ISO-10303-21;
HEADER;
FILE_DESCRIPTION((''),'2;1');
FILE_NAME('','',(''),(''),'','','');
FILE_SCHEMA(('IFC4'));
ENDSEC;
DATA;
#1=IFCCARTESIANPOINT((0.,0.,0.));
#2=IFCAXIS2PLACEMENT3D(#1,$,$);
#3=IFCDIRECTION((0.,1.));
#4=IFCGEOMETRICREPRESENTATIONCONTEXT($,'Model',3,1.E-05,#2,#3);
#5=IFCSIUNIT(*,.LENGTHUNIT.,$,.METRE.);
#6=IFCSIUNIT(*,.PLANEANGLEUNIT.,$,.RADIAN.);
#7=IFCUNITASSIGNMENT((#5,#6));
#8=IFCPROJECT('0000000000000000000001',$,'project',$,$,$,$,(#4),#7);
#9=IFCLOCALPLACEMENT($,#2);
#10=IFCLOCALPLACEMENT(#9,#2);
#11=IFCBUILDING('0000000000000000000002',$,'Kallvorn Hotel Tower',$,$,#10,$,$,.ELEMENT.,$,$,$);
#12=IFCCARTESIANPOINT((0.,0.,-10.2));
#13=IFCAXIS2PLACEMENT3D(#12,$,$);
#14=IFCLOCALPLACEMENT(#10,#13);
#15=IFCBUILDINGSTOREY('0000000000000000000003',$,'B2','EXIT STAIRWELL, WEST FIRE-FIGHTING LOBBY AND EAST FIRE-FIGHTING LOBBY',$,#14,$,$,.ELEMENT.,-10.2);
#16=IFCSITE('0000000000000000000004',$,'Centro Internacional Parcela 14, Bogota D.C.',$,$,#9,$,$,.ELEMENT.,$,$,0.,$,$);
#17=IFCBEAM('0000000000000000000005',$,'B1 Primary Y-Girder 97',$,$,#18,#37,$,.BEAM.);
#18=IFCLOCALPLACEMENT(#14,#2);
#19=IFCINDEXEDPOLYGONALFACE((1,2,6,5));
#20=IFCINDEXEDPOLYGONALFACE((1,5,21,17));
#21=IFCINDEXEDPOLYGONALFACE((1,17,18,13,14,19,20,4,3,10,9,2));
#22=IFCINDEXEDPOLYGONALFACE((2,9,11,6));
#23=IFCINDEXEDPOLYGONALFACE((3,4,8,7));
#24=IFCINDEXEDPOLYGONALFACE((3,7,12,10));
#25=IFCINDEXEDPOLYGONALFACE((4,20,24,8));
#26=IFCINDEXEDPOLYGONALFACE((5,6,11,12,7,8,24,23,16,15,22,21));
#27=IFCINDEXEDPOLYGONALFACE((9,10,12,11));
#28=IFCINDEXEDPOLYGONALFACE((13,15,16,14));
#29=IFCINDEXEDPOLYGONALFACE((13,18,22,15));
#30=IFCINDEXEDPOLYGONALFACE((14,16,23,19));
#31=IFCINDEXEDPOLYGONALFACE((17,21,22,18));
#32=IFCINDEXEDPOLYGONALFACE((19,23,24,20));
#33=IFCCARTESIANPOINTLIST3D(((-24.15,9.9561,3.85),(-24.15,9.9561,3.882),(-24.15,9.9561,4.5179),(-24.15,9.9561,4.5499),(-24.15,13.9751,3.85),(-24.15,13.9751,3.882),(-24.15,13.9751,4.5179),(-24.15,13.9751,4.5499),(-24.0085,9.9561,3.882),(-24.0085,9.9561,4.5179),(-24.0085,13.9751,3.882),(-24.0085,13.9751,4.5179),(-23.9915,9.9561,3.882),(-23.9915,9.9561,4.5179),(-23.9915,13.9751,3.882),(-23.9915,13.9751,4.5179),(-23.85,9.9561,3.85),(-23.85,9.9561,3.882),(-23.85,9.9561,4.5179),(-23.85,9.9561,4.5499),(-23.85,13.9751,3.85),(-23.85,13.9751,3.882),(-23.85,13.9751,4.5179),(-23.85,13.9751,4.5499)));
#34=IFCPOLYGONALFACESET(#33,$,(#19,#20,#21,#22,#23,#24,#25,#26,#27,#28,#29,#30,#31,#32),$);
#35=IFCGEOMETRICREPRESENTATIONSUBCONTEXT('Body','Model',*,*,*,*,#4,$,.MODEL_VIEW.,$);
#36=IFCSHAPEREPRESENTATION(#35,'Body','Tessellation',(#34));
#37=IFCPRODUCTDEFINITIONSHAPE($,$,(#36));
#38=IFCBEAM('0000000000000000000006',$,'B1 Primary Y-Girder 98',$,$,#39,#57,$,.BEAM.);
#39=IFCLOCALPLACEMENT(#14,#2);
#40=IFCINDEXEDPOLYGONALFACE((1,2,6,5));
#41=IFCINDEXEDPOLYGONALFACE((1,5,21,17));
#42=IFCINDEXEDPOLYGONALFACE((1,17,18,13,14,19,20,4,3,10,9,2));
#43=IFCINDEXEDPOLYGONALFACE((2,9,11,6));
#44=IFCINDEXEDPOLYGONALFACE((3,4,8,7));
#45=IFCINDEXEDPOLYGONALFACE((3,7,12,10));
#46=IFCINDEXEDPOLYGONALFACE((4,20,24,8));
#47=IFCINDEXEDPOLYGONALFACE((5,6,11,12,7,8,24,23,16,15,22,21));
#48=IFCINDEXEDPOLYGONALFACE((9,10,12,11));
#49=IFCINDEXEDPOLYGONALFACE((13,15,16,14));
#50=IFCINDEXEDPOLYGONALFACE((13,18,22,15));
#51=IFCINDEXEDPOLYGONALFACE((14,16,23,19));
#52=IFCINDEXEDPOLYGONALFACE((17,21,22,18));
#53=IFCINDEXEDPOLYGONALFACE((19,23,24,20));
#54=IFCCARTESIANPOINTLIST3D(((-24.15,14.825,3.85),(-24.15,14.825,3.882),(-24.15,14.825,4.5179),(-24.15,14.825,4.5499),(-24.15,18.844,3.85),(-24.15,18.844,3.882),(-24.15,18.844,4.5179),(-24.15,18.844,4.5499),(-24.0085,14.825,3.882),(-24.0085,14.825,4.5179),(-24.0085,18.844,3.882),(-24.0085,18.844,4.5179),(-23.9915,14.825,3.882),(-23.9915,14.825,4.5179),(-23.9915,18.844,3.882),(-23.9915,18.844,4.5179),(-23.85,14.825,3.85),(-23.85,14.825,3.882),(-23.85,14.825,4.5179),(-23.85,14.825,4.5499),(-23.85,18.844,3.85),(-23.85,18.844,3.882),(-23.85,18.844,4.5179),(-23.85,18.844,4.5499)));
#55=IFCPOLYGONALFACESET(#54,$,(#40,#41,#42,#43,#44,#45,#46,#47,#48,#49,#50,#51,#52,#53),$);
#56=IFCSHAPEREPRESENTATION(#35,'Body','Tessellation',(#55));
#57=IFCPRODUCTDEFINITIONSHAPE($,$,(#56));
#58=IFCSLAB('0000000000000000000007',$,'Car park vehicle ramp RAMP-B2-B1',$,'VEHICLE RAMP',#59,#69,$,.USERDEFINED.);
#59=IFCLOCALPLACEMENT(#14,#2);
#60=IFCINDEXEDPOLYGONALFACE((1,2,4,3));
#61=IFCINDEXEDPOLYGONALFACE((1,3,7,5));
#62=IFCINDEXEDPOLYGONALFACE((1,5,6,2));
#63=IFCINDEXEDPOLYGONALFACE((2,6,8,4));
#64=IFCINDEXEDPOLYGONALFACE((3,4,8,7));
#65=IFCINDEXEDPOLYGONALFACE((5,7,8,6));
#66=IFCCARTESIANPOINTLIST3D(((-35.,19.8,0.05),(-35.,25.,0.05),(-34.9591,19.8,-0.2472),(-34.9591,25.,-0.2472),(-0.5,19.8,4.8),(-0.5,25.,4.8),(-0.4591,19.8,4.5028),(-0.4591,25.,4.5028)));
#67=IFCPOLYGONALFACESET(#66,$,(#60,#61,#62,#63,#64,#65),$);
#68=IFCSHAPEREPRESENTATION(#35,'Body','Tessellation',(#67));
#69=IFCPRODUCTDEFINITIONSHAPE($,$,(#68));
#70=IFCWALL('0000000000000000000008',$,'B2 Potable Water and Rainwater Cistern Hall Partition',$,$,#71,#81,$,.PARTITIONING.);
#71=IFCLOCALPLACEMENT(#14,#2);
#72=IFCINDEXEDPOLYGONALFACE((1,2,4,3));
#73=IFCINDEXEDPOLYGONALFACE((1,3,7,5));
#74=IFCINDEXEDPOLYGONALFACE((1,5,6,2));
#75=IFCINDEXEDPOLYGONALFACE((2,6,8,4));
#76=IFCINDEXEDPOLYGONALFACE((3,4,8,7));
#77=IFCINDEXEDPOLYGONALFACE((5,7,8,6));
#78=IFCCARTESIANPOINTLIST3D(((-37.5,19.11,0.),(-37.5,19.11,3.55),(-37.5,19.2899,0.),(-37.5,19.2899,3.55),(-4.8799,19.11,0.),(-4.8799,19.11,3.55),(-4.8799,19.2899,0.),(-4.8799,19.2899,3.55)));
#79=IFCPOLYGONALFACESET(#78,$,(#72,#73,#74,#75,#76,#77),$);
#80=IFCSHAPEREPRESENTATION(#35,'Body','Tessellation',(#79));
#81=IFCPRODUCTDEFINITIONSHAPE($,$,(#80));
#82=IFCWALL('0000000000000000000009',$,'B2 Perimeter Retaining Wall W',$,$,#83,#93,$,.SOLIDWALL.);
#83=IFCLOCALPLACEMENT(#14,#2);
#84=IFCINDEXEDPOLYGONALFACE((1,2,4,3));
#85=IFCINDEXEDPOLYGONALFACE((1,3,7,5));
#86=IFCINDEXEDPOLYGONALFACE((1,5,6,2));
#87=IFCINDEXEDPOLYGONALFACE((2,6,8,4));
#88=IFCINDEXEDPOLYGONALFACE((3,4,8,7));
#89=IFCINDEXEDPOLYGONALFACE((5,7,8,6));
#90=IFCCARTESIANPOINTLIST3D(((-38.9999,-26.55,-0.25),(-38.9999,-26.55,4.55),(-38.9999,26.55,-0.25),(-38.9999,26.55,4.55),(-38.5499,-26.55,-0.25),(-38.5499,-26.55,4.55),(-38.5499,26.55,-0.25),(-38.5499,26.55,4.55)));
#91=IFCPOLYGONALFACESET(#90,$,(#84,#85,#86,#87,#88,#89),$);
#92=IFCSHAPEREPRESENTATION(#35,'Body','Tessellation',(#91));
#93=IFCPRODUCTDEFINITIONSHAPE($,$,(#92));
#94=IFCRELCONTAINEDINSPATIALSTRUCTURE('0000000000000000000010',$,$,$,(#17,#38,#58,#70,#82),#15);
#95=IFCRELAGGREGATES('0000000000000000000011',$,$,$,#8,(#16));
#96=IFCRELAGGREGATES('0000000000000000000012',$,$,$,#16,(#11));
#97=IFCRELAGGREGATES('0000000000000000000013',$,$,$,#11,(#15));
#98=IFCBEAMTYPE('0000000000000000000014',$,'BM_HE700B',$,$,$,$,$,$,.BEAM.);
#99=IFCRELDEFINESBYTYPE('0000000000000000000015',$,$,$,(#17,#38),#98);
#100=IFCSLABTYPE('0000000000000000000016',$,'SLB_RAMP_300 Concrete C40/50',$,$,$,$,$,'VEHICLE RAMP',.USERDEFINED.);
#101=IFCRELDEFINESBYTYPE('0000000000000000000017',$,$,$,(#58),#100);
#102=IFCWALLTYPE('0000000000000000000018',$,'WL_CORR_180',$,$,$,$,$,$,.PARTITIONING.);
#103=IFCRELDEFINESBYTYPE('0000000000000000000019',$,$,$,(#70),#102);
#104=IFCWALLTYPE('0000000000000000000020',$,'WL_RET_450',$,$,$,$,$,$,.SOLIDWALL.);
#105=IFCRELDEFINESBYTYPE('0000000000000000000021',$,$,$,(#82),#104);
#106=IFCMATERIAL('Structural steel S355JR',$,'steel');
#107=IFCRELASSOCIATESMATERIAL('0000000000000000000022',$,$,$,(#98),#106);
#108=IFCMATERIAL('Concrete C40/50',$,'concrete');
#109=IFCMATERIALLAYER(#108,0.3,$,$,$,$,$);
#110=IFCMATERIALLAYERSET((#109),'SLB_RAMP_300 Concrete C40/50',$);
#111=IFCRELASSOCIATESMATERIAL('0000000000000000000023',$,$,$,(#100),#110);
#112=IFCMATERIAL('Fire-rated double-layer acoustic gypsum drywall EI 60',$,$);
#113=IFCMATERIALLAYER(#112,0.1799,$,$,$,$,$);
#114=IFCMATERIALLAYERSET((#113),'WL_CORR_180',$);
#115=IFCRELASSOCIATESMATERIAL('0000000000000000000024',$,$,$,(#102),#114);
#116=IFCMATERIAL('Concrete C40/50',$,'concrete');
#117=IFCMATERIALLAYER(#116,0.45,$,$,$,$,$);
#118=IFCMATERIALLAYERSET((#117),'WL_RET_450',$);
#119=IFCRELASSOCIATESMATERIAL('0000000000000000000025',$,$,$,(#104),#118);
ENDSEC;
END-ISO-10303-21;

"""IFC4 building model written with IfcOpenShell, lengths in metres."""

from ifc_helpers import new_model, si_unit, direction, frame, frame_2d, origin, origin_2d, place, context, subcontext, project, spatial, polyline, rectangle, i_section, outline, extrude, material, layer, layer_set, material_profile, profile_set, type_object, element, save


model = new_model("IFC4")

# Units and contexts
model_context = context("Model", 3, precision=1e-05, world=origin(), true_north=direction((0.0, 1.0)))
body_context = subcontext(model_context, "Body", "Model", "MODEL_VIEW")
ifc_project = project(units=[si_unit("LENGTHUNIT", "METRE"), si_unit("PLANEANGLEUNIT", "RADIAN")], contexts=[model_context])

# Site, building, storey
site_placement = place(None, origin())
site = spatial("IfcSite", under=ifc_project, at=site_placement, Name="Centro Internacional Parcela 14, Bogota D.C.", CompositionType="ELEMENT", RefElevation=0.0)
building_placement = place(site_placement, origin())
building = spatial("IfcBuilding", under=site, at=building_placement, Name="Kallvorn Hotel Tower", CompositionType="ELEMENT")
storey_placement = place(building_placement, frame((0.0, 0.0, -10.2)))
storey = spatial("IfcBuildingStorey", under=building, at=storey_placement, Name="B2", Description="EXIT STAIRWELL, WEST FIRE-FIGHTING LOBBY AND EAST FIRE-FIGHTING LOBBY", CompositionType="ELEMENT", Elevation=-10.2)

# Beams
ifc_material_1 = material(Name="Structural steel S355JR", Category="steel")
ifc_material_profile_1 = material_profile(ifc_material_1, i_section(OverallWidth=0.3, OverallDepth=0.7, WebThickness=0.0171, FlangeThickness=0.032, at=origin_2d()), Name="HE 700 B")
ifc_profile_set_1 = profile_set([ifc_material_profile_1], Name="Structural steel S355JR")
beam_type_1 = type_object("IfcBeamType", Name="BM_HE700B", PredefinedType="BEAM", material=ifc_profile_set_1)
for number, where, z_axis, x_axis, name in (
    (1, (-24.0, 9.9561, 4.2), (0.0, 1.0, 0.0), (-1.0, 0.0, 0.0), "B1 Primary Y-Girder 97"),
    (2, (-24.0, 14.825, 4.2), (0.0, 1.0, 0.0), (-1.0, 0.0, 0.0), "B1 Primary Y-Girder 98"),
):
    element("IfcBeam", number, at=place(storey_placement, frame(where, z_axis=z_axis, x_axis=x_axis)), inside=storey, type_object=beam_type_1, Name=name, PredefinedType="BEAM", context=body_context, shape_type="SweptSolid", body=[
        extrude(i_section(OverallWidth=0.3, OverallDepth=0.7, WebThickness=0.0171, FlangeThickness=0.032, at=origin_2d()), origin(), (0.0, 0.0, 1.0), 4.019),
    ])

# Slab
ifc_material_2 = material(Name="Concrete C40/50", Category="concrete")
ifc_layer_1 = layer(ifc_material_2, 0.3)
ifc_layer_set_1 = layer_set([ifc_layer_1], Name="SLB_RAMP_300 Concrete C40/50")
slab_type = type_object("IfcSlabType", Name="SLB_RAMP_300 Concrete C40/50", ElementType="VEHICLE RAMP", PredefinedType="USERDEFINED", material=ifc_layer_set_1)
slab_placement = place(storey_placement, frame((-35.0, 19.8, 0.05), z_axis=(-0.136394, 0.0, 0.990655), x_axis=(0.990655, 0.0, 0.136394)))
element("IfcSlab", 3, at=slab_placement, inside=storey, type_object=slab_type, Name="Car park vehicle ramp RAMP-B2-B1", ObjectType="VEHICLE RAMP", PredefinedType="USERDEFINED", context=body_context, shape_type="SweptSolid", body=[
    extrude(outline(polyline([(0.0, 0.0), (34.8255, 0.0), (34.8255, 5.2), (0.0, 5.2), (0.0, 0.0)])), origin(), (0.0, 0.0, -1.0), 0.3),
])

# Walls
ifc_material_3 = material(Name="Fire-rated double-layer acoustic gypsum drywall EI 60")
ifc_layer_2 = layer(ifc_material_3, 0.1799)
ifc_layer_set_2 = layer_set([ifc_layer_2], Name="WL_CORR_180")
wall_type_1 = type_object("IfcWallType", Name="WL_CORR_180", PredefinedType="PARTITIONING", material=ifc_layer_set_2)
wall_1_placement = place(storey_placement, frame((-37.5, 19.2, 0.0), z_axis=(0.0, 0.0, 1.0), x_axis=(1.0, 0.0, 0.0)))
element("IfcWall", 4, at=wall_1_placement, inside=storey, type_object=wall_type_1, Name="B2 Potable Water and Rainwater Cistern Hall Partition", PredefinedType="PARTITIONING", context=body_context, shape_type="SweptSolid", body=[
    extrude(rectangle(XDim=32.6201, YDim=0.1799, at=frame_2d((16.3101, 0.0))), origin(), (0.0, 0.0, 1.0), 3.55),
])
ifc_material_4 = material(Name="Concrete C40/50", Category="concrete")
ifc_layer_3 = layer(ifc_material_4, 0.45)
ifc_layer_set_3 = layer_set([ifc_layer_3], Name="WL_RET_450")
wall_type_2 = type_object("IfcWallType", Name="WL_RET_450", PredefinedType="SOLIDWALL", material=ifc_layer_set_3)
wall_2_placement = place(storey_placement, frame((-38.7749, 26.55, -0.25), z_axis=(0.0, 0.0, 1.0), x_axis=(0.0, -1.0, 0.0)))
element("IfcWall", 5, at=wall_2_placement, inside=storey, type_object=wall_type_2, Name="B2 Perimeter Retaining Wall W", PredefinedType="SOLIDWALL", context=body_context, shape_type="SweptSolid", body=[
    extrude(rectangle(XDim=53.1001, YDim=0.45, at=frame_2d((26.55, 0.0))), origin(), (0.0, 0.0, 1.0), 4.8),
])

save(model, "model.ifc")
